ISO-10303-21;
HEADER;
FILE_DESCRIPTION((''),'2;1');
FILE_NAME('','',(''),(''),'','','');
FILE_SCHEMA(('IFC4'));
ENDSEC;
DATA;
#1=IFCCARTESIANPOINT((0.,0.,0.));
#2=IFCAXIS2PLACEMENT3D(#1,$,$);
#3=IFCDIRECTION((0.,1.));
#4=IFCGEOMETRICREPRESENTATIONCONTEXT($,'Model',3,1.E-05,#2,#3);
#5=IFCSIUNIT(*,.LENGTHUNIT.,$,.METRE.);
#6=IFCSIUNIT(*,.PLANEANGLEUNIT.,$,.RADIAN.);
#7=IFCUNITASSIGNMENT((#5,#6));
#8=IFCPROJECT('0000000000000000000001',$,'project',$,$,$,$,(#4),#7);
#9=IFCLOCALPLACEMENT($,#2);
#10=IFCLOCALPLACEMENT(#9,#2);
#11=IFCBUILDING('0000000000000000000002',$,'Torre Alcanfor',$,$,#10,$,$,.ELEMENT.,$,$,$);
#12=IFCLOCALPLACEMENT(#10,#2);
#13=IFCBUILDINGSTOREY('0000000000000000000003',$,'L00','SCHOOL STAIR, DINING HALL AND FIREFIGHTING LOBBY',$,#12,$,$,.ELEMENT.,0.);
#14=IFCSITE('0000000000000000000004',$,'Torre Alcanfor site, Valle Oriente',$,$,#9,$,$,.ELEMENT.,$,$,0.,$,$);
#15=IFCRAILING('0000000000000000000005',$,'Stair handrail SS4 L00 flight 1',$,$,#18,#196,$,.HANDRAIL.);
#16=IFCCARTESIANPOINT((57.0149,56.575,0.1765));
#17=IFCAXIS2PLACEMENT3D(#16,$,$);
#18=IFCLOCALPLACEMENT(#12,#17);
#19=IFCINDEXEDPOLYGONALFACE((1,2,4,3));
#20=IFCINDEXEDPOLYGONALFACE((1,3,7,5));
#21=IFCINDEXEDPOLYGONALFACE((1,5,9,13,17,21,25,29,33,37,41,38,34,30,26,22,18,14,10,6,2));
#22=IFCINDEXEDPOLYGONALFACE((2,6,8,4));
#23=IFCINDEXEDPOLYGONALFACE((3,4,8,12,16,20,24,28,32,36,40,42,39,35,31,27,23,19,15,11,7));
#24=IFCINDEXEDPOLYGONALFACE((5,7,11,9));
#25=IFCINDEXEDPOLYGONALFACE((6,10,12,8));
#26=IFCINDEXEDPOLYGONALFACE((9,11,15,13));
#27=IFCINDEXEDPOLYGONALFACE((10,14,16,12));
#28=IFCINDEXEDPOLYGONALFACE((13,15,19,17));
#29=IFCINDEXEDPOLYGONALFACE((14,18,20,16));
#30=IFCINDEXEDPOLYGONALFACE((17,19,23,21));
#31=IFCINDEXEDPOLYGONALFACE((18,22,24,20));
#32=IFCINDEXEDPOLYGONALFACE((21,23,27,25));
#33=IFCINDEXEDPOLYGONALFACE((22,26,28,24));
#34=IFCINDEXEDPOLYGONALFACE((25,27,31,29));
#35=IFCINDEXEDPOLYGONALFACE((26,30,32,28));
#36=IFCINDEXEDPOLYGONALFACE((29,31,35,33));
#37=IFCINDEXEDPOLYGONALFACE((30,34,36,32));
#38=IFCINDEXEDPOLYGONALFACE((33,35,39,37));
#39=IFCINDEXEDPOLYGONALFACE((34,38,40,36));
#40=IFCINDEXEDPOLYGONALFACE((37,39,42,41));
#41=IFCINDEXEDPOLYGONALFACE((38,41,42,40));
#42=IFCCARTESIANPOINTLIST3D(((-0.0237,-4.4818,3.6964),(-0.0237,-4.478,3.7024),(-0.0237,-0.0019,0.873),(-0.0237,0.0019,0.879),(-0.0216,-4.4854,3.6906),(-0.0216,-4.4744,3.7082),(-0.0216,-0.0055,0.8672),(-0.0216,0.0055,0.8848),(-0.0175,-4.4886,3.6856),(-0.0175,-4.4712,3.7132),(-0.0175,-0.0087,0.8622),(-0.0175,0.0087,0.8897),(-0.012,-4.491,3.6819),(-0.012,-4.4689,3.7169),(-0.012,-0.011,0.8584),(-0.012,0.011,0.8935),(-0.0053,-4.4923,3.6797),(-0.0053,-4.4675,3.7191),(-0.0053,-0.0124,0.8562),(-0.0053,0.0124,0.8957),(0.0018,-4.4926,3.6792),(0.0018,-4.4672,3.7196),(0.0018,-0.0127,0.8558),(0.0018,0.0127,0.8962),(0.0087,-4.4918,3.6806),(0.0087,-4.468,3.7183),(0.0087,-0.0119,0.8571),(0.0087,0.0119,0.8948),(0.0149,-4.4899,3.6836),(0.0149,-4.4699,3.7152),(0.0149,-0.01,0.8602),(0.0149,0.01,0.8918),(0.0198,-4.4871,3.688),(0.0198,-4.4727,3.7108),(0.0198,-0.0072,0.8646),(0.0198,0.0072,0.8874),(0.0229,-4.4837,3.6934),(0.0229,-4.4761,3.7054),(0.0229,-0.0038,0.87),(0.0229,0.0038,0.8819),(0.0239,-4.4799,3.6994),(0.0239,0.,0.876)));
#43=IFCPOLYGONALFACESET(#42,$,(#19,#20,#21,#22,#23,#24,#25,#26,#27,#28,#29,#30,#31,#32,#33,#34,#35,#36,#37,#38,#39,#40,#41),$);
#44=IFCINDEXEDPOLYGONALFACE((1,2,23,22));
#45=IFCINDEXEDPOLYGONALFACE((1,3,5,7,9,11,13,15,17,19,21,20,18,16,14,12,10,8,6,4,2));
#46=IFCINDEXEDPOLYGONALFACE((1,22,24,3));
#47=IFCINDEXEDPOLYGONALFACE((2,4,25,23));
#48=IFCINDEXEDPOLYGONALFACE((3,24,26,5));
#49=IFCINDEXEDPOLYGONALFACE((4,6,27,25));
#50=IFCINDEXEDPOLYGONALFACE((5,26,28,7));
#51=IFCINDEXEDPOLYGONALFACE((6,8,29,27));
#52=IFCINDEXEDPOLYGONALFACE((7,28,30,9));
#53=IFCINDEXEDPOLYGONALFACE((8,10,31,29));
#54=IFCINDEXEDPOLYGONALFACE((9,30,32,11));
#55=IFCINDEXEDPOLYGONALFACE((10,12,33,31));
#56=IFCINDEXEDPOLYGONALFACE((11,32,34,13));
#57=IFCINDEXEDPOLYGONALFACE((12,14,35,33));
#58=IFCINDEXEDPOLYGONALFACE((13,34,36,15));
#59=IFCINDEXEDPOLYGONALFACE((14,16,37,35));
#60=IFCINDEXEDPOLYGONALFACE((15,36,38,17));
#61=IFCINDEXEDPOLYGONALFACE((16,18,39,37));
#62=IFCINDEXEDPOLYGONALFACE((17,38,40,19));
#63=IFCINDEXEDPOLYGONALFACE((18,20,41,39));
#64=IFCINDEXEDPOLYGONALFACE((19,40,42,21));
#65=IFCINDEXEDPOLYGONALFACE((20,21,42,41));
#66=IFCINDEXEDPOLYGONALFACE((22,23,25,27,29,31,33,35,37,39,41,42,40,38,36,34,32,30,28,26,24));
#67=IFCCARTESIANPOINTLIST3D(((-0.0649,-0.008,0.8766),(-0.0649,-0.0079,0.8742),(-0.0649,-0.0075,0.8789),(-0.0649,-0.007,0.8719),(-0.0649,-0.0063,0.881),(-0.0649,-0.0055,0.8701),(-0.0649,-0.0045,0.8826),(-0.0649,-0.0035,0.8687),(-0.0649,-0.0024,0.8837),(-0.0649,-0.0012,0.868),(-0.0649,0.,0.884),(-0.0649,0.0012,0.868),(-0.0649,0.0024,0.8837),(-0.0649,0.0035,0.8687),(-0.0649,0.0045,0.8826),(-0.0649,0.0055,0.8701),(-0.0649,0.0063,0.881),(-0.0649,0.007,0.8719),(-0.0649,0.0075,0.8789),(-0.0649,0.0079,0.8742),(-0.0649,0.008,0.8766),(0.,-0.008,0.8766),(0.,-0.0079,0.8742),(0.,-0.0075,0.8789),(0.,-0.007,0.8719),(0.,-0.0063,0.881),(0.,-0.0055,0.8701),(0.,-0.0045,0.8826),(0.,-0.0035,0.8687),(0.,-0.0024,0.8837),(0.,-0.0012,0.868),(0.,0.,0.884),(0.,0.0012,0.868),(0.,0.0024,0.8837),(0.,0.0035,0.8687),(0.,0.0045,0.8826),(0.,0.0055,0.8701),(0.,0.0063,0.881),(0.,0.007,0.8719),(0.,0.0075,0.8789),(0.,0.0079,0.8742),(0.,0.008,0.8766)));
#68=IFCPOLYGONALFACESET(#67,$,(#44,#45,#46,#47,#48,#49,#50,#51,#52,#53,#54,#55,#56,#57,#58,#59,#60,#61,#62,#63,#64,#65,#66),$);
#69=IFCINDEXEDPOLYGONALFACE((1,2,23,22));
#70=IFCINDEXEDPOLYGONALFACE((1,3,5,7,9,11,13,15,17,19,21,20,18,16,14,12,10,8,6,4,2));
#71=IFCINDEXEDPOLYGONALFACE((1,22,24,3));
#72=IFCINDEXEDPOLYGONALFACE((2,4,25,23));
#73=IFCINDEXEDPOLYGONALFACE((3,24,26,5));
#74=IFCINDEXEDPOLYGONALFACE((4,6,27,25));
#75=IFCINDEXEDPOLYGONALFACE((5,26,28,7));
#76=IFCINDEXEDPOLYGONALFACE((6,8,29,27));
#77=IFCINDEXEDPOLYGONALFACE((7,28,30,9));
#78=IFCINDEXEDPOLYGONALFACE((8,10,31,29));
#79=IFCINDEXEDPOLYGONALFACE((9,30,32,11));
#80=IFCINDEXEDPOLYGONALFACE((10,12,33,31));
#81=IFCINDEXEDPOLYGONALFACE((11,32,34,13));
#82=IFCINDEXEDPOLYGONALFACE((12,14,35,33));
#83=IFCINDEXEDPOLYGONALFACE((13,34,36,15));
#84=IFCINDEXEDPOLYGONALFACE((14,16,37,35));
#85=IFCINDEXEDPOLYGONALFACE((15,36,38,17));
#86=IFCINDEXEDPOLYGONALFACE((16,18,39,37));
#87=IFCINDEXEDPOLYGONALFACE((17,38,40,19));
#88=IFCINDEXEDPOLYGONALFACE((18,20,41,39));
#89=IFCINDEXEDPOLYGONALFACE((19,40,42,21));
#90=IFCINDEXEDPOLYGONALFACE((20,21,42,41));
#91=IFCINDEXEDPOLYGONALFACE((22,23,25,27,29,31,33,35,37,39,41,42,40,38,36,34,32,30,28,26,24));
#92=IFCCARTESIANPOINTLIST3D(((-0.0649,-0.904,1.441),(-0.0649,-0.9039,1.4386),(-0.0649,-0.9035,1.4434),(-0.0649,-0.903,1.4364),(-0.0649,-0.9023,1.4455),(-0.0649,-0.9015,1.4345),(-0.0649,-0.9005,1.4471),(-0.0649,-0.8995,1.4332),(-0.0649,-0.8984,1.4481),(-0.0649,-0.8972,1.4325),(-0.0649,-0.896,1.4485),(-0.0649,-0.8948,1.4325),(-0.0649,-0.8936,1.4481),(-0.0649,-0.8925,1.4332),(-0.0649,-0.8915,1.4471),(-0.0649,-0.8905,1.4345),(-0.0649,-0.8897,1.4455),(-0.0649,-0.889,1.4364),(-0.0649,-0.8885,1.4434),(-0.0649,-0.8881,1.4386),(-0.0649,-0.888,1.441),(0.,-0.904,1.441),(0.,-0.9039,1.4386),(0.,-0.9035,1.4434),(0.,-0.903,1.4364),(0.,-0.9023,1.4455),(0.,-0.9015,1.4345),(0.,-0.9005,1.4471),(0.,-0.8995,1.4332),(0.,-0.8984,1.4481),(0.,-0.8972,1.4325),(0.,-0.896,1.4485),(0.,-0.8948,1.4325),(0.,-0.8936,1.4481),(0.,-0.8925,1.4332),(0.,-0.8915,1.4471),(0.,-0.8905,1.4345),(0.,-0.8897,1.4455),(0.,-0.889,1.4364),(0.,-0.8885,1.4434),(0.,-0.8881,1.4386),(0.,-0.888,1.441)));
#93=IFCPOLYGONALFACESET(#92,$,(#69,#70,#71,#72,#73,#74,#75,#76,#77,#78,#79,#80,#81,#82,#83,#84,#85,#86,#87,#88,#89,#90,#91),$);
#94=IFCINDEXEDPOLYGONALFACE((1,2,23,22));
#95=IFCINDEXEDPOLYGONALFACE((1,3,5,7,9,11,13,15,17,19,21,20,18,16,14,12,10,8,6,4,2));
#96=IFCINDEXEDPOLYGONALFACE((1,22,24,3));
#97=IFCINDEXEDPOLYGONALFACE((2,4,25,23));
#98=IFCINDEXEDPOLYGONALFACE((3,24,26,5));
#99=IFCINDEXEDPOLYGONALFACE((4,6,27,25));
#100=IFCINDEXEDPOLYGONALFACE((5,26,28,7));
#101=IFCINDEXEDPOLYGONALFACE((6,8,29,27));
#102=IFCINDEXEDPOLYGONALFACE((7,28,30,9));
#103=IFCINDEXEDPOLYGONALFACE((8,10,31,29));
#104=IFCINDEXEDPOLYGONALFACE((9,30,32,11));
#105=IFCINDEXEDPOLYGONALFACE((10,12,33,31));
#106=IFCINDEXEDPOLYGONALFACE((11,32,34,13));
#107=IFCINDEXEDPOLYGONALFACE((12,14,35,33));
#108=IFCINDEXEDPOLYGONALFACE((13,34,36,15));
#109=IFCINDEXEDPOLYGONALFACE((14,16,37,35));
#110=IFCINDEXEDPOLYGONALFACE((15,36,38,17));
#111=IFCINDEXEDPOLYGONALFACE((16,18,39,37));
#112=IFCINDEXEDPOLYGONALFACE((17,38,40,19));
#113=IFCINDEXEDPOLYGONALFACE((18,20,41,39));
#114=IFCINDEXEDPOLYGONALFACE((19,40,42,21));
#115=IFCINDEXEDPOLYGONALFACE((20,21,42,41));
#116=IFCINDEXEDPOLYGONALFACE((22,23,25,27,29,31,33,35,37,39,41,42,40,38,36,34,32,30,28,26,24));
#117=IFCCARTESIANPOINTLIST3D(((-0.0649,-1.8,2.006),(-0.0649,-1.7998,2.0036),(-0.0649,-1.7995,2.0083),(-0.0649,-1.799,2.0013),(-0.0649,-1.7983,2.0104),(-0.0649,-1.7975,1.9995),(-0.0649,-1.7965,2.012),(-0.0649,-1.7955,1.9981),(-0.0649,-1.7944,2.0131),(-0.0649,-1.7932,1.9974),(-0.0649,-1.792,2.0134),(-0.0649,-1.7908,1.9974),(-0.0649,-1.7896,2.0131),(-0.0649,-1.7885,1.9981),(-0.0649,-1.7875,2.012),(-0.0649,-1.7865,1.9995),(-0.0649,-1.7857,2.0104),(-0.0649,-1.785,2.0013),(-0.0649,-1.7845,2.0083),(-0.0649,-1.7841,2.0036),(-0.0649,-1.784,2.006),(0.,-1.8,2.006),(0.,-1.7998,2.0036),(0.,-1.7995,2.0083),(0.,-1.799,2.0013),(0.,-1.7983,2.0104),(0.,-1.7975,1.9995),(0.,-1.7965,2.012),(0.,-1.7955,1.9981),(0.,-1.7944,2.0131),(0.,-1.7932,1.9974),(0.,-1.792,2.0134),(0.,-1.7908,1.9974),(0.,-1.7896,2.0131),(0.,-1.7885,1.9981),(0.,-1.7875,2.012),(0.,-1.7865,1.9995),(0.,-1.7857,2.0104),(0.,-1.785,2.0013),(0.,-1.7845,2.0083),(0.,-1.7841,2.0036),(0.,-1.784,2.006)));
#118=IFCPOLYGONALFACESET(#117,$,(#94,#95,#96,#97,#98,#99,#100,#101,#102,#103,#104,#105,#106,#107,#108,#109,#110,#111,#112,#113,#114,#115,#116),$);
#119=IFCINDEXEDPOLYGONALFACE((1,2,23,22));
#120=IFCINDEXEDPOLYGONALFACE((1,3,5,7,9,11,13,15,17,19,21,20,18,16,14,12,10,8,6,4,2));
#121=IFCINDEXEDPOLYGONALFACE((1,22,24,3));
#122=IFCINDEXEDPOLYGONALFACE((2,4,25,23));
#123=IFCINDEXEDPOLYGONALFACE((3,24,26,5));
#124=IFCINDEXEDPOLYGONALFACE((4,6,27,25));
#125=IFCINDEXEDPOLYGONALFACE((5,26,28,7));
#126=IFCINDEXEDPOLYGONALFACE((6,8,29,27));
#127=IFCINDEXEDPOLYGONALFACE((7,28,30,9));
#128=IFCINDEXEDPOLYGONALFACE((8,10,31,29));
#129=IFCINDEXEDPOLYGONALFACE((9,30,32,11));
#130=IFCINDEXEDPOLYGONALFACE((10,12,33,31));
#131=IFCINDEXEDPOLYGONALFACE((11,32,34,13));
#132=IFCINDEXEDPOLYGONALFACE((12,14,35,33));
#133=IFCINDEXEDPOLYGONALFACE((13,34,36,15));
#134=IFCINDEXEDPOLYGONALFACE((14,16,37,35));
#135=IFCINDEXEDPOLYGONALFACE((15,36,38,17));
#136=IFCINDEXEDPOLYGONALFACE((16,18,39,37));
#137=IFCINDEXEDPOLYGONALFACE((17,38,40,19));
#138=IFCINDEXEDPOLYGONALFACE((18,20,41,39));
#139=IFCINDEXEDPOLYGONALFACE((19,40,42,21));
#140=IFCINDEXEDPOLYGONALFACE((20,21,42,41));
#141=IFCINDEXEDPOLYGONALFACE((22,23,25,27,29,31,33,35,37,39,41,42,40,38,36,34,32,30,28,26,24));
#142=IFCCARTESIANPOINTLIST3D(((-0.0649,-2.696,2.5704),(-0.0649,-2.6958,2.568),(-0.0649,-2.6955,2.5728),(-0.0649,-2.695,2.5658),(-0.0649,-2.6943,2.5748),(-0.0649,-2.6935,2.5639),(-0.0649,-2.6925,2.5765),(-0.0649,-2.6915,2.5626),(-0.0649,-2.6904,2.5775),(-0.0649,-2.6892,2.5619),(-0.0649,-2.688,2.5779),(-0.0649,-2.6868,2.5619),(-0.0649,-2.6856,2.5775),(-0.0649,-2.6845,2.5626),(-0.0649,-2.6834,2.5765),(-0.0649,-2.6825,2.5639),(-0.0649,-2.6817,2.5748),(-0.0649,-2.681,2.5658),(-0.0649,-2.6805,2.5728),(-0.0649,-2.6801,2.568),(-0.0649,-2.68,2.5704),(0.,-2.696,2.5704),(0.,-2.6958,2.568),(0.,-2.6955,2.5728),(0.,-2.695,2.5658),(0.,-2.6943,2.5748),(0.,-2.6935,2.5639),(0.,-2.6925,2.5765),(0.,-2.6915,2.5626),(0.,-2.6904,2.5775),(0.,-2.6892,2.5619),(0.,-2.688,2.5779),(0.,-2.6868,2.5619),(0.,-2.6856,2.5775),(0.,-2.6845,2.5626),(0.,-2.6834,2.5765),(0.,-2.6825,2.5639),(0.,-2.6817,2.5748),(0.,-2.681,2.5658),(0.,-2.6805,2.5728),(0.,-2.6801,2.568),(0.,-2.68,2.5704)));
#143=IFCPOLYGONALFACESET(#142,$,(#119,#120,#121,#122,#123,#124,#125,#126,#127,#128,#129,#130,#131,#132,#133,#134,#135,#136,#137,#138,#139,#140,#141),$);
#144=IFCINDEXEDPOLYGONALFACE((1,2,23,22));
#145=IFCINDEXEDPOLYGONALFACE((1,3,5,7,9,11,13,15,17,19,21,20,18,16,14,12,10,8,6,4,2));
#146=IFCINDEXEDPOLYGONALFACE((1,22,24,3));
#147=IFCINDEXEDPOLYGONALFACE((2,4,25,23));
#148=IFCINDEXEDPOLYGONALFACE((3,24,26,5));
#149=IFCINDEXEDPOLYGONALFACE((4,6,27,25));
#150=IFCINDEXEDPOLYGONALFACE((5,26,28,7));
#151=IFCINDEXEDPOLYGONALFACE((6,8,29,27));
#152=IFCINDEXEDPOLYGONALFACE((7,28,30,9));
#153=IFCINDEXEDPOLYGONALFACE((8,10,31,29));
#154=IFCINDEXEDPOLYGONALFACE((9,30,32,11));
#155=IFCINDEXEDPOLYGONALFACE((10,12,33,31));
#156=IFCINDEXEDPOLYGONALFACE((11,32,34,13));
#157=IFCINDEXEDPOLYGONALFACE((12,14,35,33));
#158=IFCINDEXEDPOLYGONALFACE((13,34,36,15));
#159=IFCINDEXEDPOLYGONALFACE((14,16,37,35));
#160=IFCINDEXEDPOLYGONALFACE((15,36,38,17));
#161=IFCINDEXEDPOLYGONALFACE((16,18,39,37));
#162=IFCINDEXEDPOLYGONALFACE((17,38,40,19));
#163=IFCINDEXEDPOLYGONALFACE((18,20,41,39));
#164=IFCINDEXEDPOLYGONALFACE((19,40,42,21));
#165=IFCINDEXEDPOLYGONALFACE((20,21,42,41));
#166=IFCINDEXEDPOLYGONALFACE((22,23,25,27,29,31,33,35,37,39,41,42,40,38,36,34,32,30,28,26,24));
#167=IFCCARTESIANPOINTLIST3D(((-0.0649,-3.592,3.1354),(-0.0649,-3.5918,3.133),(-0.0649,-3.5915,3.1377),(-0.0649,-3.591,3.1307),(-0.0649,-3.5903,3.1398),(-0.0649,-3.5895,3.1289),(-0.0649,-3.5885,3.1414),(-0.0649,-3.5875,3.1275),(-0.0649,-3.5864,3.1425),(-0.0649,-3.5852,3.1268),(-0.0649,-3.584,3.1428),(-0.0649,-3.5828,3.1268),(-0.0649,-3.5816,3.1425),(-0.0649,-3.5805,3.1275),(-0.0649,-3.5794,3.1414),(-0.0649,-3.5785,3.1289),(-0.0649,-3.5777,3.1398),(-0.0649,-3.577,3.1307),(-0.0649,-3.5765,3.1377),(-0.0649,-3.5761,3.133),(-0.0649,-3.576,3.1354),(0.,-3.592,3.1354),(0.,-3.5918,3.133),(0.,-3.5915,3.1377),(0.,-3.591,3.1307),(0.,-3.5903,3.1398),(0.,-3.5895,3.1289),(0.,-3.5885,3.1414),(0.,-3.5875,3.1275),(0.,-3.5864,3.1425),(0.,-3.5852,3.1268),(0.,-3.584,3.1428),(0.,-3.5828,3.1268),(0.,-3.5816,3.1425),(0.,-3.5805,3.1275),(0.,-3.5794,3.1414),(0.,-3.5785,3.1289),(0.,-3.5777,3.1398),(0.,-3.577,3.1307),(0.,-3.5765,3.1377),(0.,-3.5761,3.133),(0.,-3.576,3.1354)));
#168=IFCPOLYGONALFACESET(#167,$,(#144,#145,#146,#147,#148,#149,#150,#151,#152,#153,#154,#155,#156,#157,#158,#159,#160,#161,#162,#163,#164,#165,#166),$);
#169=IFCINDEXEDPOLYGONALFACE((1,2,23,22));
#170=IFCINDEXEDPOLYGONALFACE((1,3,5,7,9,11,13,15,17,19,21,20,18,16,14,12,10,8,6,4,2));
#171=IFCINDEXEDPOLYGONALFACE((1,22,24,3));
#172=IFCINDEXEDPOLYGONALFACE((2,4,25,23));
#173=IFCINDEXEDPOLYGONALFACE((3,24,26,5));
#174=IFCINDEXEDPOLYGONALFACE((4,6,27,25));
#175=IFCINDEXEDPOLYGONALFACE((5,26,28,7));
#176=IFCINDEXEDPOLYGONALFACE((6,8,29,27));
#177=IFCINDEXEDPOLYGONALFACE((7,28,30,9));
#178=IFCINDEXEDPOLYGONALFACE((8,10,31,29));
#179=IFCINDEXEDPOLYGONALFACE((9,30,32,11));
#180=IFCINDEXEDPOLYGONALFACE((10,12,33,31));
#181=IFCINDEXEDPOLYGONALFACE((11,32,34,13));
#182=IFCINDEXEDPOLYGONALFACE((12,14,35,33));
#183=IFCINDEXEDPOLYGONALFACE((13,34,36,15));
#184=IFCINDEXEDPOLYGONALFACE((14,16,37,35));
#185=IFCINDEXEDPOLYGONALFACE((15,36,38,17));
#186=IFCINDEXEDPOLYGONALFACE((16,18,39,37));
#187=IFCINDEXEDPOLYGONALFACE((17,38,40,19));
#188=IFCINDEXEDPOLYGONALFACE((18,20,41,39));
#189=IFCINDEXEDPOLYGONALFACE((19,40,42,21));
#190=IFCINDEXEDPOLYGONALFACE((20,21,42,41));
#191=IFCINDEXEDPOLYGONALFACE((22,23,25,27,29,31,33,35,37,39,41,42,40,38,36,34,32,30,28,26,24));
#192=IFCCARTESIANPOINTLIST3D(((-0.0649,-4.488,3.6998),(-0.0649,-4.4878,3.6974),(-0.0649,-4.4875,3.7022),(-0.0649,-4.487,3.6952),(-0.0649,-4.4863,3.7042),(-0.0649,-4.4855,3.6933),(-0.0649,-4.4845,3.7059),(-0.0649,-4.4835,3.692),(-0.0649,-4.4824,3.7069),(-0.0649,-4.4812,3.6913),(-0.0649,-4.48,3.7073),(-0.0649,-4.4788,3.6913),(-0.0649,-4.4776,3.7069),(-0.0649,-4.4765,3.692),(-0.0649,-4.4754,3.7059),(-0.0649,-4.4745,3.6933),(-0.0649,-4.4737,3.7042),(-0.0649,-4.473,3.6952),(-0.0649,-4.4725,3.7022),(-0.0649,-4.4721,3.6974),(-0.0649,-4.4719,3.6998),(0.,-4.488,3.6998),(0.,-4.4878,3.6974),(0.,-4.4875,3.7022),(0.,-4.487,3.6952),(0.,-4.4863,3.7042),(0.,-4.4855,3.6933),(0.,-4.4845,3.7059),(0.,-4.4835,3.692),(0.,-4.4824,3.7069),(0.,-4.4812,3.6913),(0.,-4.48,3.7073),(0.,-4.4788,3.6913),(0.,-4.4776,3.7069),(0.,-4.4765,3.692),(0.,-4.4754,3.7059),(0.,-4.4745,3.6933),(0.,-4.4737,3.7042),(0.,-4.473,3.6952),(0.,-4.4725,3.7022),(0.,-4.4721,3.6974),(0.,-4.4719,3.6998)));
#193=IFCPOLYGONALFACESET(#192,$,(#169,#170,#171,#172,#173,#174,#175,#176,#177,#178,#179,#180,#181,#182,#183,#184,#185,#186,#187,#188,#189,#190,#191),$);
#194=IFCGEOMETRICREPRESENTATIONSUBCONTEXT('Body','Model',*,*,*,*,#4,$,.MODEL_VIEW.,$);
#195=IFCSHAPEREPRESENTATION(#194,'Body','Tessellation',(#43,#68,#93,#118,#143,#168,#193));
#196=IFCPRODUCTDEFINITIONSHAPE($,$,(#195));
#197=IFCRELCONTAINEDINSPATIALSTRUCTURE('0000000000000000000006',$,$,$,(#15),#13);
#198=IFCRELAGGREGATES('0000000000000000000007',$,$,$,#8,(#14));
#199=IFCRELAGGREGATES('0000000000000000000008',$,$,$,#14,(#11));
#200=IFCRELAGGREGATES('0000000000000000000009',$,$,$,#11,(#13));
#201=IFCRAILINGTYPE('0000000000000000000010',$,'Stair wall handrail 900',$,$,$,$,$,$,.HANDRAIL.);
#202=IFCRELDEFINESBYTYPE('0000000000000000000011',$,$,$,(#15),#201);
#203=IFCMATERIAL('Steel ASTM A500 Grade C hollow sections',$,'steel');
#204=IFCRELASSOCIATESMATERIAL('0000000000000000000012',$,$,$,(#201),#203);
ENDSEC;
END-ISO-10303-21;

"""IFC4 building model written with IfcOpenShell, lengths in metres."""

from ifc_helpers import new_model, si_unit, direction, frame, origin, origin_2d, place, context, subcontext, project, spatial, circle, extrude, material, type_object, element, save


model = new_model("IFC4")

# Units and contexts
model_context = context("Model", 3, precision=1e-05, world=origin(), true_north=direction((0.0, 1.0)))
body_context = subcontext(model_context, "Body", "Model", "MODEL_VIEW")
ifc_project = project(units=[si_unit("LENGTHUNIT", "METRE"), si_unit("PLANEANGLEUNIT", "RADIAN")], contexts=[model_context])

# Site, building, storey
site_placement = place(None, origin())
site = spatial("IfcSite", under=ifc_project, at=site_placement, Name="Torre Alcanfor site, Valle Oriente", CompositionType="ELEMENT", RefElevation=0.0)
building_placement = place(site_placement, origin())
building = spatial("IfcBuilding", under=site, at=building_placement, Name="Torre Alcanfor", CompositionType="ELEMENT")
storey_placement = place(building_placement, origin())
storey = spatial("IfcBuildingStorey", under=building, at=storey_placement, Name="L00", Description="SCHOOL STAIR, DINING HALL AND FIREFIGHTING LOBBY", CompositionType="ELEMENT", Elevation=0.0)

# Railing
ifc_material_1 = material(Name="Steel ASTM A500 Grade C hollow sections", Category="steel")
railing_type_1 = type_object("IfcRailingType", Name="Stair wall handrail 900", PredefinedType="HANDRAIL", material=ifc_material_1)
railing_1_placement = place(storey_placement, frame((57.0149, 56.575, 0.1765)))
element("IfcRailing", 1, at=railing_1_placement, inside=storey, type_object=railing_type_1, Name="Stair handrail SS4 L00 flight 1", PredefinedType="HANDRAIL", context=body_context, shape_type="SweptSolid", body=[
    extrude(circle(Radius=0.0239, at=origin_2d()), frame((0.0, 0.0, 0.876), z_axis=(0.0, -0.845998, 0.533186), x_axis=(1.0, 0.0, 0.0)), (0.0, 0.0, 1.0), 5.2954),
    extrude(circle(Radius=0.0081, at=origin_2d()), frame((0.0, 0.0, 0.876), z_axis=(-1.0, 0.0, 0.0), x_axis=(0.0, 0.0, 1.0)), (0.0, 0.0, 1.0), 0.0649),
    extrude(circle(Radius=0.0081, at=origin_2d()), frame((0.0, -0.896, 1.4404), z_axis=(-1.0, 0.0, 0.0), x_axis=(0.0, 0.0, 1.0)), (0.0, 0.0, 1.0), 0.0649),
    extrude(circle(Radius=0.0081, at=origin_2d()), frame((0.0, -1.792, 2.0054), z_axis=(-1.0, 0.0, 0.0), x_axis=(0.0, 0.0, 1.0)), (0.0, 0.0, 1.0), 0.0649),
    extrude(circle(Radius=0.0081, at=origin_2d()), frame((0.0, -2.688, 2.5698), z_axis=(-1.0, 0.0, 0.0), x_axis=(0.0, 0.0, 1.0)), (0.0, 0.0, 1.0), 0.0649),
    extrude(circle(Radius=0.0081, at=origin_2d()), frame((0.0, -3.584, 3.1348), z_axis=(-1.0, 0.0, 0.0), x_axis=(0.0, 0.0, 1.0)), (0.0, 0.0, 1.0), 0.0649),
    extrude(circle(Radius=0.0081, at=origin_2d()), frame((0.0, -4.48, 3.6992), z_axis=(-1.0, 0.0, 0.0), x_axis=(0.0, 0.0, 1.0)), (0.0, 0.0, 1.0), 0.0649),
])

save(model, "model.ifc")
